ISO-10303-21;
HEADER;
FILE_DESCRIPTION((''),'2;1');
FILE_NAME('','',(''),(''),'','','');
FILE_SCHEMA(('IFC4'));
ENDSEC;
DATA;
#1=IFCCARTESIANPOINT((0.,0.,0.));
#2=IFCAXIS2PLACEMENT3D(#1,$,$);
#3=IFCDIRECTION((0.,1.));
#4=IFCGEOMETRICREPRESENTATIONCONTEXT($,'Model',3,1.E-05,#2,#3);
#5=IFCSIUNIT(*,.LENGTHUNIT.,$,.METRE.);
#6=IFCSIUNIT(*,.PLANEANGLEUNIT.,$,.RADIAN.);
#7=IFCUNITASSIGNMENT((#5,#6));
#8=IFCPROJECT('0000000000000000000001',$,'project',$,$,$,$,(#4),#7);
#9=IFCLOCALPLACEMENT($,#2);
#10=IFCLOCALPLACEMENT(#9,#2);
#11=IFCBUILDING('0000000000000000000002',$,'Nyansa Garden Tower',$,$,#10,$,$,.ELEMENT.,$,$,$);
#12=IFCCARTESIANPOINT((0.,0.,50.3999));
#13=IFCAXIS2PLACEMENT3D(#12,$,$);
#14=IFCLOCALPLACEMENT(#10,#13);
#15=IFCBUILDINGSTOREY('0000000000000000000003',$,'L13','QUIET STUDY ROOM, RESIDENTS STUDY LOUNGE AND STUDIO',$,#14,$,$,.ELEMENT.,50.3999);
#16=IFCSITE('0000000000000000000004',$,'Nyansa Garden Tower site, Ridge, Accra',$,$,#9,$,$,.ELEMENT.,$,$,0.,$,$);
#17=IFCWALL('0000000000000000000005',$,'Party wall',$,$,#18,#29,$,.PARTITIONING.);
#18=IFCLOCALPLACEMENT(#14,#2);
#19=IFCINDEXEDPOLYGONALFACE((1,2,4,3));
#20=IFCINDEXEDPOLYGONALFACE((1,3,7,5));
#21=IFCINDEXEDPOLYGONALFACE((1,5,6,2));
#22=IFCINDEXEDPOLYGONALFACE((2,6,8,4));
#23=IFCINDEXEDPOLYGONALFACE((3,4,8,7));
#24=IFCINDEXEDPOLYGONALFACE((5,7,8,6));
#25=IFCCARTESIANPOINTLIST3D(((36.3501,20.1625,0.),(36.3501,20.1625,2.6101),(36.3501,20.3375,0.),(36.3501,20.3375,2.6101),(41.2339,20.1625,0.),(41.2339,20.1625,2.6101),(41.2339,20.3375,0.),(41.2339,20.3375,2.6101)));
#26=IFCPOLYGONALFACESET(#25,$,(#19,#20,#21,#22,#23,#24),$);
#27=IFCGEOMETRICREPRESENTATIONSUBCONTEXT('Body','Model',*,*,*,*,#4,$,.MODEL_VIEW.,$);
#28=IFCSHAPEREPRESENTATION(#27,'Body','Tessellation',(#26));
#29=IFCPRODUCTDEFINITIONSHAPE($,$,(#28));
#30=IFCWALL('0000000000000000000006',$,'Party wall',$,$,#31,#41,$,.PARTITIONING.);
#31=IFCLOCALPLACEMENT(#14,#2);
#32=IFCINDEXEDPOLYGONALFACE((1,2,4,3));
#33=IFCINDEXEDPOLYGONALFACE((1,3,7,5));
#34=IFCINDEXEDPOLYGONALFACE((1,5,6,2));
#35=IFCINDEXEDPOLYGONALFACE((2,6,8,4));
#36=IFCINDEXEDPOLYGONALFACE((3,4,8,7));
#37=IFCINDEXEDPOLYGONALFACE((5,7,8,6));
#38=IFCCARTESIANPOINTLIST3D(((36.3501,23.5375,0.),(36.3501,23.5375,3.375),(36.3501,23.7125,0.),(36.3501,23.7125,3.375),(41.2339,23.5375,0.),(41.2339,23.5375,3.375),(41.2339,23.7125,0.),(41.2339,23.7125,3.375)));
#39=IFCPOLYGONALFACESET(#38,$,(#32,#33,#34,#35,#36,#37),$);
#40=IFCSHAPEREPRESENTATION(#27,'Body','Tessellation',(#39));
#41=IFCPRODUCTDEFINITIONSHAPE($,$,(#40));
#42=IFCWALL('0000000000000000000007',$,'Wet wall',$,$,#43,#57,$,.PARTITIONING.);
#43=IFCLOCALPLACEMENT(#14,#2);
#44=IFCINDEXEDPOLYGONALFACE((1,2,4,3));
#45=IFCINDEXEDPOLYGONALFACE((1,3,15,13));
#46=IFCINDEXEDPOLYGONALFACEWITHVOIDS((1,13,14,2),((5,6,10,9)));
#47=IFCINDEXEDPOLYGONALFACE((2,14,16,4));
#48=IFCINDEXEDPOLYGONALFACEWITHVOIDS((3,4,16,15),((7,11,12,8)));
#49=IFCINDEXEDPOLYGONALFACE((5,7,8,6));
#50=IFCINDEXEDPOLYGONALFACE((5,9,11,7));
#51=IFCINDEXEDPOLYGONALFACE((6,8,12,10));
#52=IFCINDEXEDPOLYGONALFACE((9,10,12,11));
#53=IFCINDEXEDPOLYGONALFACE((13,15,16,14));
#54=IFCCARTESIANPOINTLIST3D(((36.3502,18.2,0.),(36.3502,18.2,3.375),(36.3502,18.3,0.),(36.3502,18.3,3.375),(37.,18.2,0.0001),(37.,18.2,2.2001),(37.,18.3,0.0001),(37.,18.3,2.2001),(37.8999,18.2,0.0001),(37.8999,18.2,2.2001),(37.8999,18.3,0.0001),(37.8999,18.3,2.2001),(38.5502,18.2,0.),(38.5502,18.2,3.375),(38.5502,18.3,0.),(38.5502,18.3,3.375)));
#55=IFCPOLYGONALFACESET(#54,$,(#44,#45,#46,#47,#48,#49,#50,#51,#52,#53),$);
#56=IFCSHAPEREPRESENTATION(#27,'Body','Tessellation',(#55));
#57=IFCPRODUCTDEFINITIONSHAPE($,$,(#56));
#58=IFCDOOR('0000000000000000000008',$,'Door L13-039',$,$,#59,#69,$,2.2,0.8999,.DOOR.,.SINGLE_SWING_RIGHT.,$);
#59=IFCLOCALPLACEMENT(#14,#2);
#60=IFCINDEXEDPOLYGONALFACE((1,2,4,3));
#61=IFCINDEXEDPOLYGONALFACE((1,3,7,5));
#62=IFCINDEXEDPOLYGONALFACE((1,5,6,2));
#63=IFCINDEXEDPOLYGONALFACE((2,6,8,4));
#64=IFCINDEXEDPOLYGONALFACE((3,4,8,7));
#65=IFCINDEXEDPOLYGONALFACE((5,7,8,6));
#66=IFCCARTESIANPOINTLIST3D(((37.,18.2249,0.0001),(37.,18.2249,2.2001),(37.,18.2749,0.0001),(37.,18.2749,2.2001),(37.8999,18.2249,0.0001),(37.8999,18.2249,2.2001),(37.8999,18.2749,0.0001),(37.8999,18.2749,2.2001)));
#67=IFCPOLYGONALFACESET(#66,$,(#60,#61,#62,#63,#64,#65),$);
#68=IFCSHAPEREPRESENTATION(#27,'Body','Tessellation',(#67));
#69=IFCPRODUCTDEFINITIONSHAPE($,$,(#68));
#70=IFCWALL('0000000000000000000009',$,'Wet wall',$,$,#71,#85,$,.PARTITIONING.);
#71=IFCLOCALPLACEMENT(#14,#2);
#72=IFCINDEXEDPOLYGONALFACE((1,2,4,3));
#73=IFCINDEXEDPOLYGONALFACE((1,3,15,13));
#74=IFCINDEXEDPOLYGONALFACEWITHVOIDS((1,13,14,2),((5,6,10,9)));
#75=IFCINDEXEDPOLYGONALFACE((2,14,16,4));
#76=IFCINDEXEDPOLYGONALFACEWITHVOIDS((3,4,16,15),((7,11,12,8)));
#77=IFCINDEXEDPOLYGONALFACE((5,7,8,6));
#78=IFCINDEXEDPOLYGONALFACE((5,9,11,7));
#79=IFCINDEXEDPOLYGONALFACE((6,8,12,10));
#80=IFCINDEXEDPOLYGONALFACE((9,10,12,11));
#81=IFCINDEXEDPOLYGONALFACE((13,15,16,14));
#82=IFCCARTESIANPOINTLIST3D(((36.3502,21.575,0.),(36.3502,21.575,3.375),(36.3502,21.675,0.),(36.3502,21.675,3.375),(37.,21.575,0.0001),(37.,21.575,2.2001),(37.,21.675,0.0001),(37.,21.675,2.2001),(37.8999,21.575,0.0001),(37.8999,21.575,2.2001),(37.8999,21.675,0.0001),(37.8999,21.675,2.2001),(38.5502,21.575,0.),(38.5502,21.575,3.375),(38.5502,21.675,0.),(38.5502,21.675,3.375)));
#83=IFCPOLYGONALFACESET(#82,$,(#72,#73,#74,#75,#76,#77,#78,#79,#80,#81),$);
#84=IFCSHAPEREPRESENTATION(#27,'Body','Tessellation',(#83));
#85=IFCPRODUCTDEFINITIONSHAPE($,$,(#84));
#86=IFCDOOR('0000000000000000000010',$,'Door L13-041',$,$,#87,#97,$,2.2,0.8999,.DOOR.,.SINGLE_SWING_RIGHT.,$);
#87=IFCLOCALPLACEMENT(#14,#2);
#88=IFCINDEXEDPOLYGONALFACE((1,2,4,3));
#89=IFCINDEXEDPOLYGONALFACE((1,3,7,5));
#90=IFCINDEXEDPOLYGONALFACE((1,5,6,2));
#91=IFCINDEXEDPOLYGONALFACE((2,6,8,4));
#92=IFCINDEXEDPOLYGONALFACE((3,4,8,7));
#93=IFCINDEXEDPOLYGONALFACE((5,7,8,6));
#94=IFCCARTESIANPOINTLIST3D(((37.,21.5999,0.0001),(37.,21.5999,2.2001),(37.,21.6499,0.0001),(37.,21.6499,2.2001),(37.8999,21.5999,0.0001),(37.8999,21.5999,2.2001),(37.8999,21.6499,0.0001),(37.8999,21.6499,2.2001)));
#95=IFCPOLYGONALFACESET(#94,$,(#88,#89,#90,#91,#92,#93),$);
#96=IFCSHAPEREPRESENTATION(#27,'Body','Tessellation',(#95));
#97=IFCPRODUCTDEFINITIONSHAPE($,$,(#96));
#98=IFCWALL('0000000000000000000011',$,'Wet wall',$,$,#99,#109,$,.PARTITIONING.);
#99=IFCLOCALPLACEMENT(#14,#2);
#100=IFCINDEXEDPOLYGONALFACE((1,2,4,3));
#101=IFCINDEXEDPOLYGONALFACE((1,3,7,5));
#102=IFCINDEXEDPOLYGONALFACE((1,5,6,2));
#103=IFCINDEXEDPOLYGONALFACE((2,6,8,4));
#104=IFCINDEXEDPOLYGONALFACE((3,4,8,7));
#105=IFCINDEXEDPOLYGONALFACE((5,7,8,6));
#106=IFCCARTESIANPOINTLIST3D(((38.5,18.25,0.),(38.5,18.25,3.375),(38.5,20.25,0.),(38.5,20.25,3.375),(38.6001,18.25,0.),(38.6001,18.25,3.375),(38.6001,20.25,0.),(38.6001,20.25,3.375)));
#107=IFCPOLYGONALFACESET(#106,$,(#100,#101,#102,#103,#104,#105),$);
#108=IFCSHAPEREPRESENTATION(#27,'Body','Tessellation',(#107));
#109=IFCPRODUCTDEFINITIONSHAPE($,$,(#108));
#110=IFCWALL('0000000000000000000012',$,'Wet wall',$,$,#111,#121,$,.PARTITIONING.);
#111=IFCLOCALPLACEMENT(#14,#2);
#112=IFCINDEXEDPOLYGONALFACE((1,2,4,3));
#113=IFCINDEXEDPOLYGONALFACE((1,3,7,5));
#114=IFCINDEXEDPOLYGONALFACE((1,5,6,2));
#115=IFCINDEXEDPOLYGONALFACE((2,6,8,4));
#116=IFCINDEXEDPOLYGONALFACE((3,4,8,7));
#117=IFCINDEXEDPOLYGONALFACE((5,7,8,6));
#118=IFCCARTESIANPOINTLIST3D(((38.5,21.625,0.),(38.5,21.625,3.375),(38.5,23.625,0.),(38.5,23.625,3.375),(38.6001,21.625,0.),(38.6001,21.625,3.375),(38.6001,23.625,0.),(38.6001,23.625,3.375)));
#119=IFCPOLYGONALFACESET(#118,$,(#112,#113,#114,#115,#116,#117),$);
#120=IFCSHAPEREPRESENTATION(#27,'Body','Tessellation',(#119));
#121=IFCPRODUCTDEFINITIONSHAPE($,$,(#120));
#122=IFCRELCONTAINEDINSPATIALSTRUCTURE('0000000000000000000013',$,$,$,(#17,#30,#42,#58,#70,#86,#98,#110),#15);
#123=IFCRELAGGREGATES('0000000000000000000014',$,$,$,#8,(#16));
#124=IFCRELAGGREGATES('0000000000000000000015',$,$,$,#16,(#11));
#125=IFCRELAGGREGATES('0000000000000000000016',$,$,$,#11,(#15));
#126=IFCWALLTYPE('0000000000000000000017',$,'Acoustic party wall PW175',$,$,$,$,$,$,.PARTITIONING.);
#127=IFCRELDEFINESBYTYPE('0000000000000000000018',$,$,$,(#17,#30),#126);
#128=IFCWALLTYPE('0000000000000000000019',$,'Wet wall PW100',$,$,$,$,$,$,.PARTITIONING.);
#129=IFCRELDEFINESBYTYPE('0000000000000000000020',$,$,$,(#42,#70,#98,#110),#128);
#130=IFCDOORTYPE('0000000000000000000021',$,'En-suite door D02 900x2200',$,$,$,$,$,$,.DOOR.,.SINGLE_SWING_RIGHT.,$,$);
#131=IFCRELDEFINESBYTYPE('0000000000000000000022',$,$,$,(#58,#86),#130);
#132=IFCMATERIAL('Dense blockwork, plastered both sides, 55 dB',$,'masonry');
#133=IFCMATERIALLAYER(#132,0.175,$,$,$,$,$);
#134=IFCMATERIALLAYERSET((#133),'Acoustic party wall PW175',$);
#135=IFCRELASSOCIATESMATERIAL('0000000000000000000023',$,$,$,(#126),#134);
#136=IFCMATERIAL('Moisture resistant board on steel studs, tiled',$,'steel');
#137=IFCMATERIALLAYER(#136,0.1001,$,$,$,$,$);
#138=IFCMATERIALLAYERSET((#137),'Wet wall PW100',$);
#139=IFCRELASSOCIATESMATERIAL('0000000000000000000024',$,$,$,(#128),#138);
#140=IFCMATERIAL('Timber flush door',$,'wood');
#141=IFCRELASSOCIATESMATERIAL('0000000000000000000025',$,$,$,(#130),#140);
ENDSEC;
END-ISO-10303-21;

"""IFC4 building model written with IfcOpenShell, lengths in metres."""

from ifc_helpers import new_model, si_unit, direction, frame, frame_2d, origin, place, context, subcontext, project, spatial, rectangle, extrude, material, layer, layer_set, type_object, element, fill, save


model = new_model("IFC4")

# Units and contexts
model_context = context("Model", 3, precision=1e-05, world=origin(), true_north=direction((0.0, 1.0)))
body_context = subcontext(model_context, "Body", "Model", "MODEL_VIEW")
ifc_project = project(units=[si_unit("LENGTHUNIT", "METRE"), si_unit("PLANEANGLEUNIT", "RADIAN")], contexts=[model_context])

# Site, building, storey
site_placement = place(None, origin())
site = spatial("IfcSite", under=ifc_project, at=site_placement, Name="Nyansa Garden Tower site, Ridge, Accra", CompositionType="ELEMENT", RefElevation=0.0)
building_placement = place(site_placement, origin())
building = spatial("IfcBuilding", under=site, at=building_placement, Name="Nyansa Garden Tower", CompositionType="ELEMENT")
storey_placement = place(building_placement, frame((0.0, 0.0, 50.3999)))
storey = spatial("IfcBuildingStorey", under=building, at=storey_placement, Name="L13", Description="QUIET STUDY ROOM, RESIDENTS STUDY LOUNGE AND STUDIO", CompositionType="ELEMENT", Elevation=50.3999)

# Walls
ifc_material_1 = material(Name="Dense blockwork, plastered both sides, 55 dB", Category="masonry")
ifc_layer_1 = layer(ifc_material_1, 0.175)
ifc_layer_set_1 = layer_set([ifc_layer_1], Name="Acoustic party wall PW175")
wall_type_1 = type_object("IfcWallType", Name="Acoustic party wall PW175", PredefinedType="PARTITIONING", material=ifc_layer_set_1)
wall_1_placement = place(storey_placement, frame((36.3501, 20.25, 0.0), z_axis=(0.0, 0.0, 1.0), x_axis=(1.0, 0.0, 0.0)))
element("IfcWall", 1, at=wall_1_placement, inside=storey, type_object=wall_type_1, Name="Party wall", PredefinedType="PARTITIONING", context=body_context, shape_type="SweptSolid", body=[
    extrude(rectangle(XDim=4.8838, YDim=0.175, at=frame_2d((2.4419, 0.0))), origin(), (0.0, 0.0, 1.0), 2.6101),
])
wall_2_placement = place(storey_placement, frame((36.3501, 23.625, 0.0), z_axis=(0.0, 0.0, 1.0), x_axis=(1.0, 0.0, 0.0)))
element("IfcWall", 2, at=wall_2_placement, inside=storey, type_object=wall_type_1, Name="Party wall", PredefinedType="PARTITIONING", context=body_context, shape_type="SweptSolid", body=[
    extrude(rectangle(XDim=4.8838, YDim=0.175, at=frame_2d((2.4419, 0.0))), origin(), (0.0, 0.0, 1.0), 3.375),
])

# Walls, openings, doors
ifc_material_2 = material(Name="Moisture resistant board on steel studs, tiled", Category="steel")
ifc_layer_2 = layer(ifc_material_2, 0.1001)
ifc_layer_set_2 = layer_set([ifc_layer_2], Name="Wet wall PW100")
wall_type_2 = type_object("IfcWallType", Name="Wet wall PW100", PredefinedType="PARTITIONING", material=ifc_layer_set_2)
wall_3_placement = place(storey_placement, frame((36.3501, 18.25, 0.0), z_axis=(0.0, 0.0, 1.0), x_axis=(1.0, 0.0, 0.0)))
wall_3 = element("IfcWall", 3, at=wall_3_placement, inside=storey, type_object=wall_type_2, Name="Wet wall", PredefinedType="PARTITIONING", context=body_context, shape_type="SweptSolid", body=[
    extrude(rectangle(XDim=2.2, YDim=0.1001, at=frame_2d((1.1001, 0.0))), origin(), (0.0, 0.0, 1.0), 3.375),
])
opening_1_placement = place(wall_3_placement, frame((0.6499, 0.0, 0.0)))
opening_1 = element("IfcOpeningElement", 4, at=opening_1_placement, cuts=wall_3, PredefinedType="OPENING", context=body_context, shape_type="SweptSolid", body=[
    extrude(rectangle(XDim=0.8999, YDim=2.2, at=frame_2d((0.45, 1.1001))), frame((0.0, 0.0601, 0.0), z_axis=(0.0, -1.0, 0.0), x_axis=(1.0, 0.0, 0.0)), (0.0, 0.0, 1.0), 0.1201),
])
ifc_material_3 = material(Name="Timber flush door", Category="wood")
door_type = type_object("IfcDoorType", Name="En-suite door D02 900x2200", OperationType="SINGLE_SWING_RIGHT", PredefinedType="DOOR", material=ifc_material_3)
door_1_placement = place(opening_1_placement, origin())
door_1 = element("IfcDoor", 5, at=door_1_placement, inside=storey, type_object=door_type, Name="Door L13-039", OperationType="SINGLE_SWING_RIGHT", OverallHeight=2.2, OverallWidth=0.8999, PredefinedType="DOOR", context=body_context, shape_type="SweptSolid", body=[
    extrude(rectangle(XDim=0.8999, YDim=2.2, at=frame_2d((0.45, 1.1001))), frame((0.0, 0.0249, 0.0), z_axis=(0.0, -1.0, 0.0), x_axis=(1.0, 0.0, 0.0)), (0.0, 0.0, 1.0), 0.05),
])
fill(opening_1, door_1)
wall_4_placement = place(storey_placement, frame((36.3501, 21.625, 0.0), z_axis=(0.0, 0.0, 1.0), x_axis=(1.0, 0.0, 0.0)))
wall_4 = element("IfcWall", 6, at=wall_4_placement, inside=storey, type_object=wall_type_2, Name="Wet wall", PredefinedType="PARTITIONING", context=body_context, shape_type="SweptSolid", body=[
    extrude(rectangle(XDim=2.2, YDim=0.1001, at=frame_2d((1.1001, 0.0))), origin(), (0.0, 0.0, 1.0), 3.375),
])
opening_2_placement = place(wall_4_placement, frame((0.6499, 0.0, 0.0)))
opening_2 = element("IfcOpeningElement", 7, at=opening_2_placement, cuts=wall_4, PredefinedType="OPENING", context=body_context, shape_type="SweptSolid", body=[
    extrude(rectangle(XDim=0.8999, YDim=2.2, at=frame_2d((0.45, 1.1001))), frame((0.0, 0.0601, 0.0), z_axis=(0.0, -1.0, 0.0), x_axis=(1.0, 0.0, 0.0)), (0.0, 0.0, 1.0), 0.1201),
])
door_2_placement = place(opening_2_placement, origin())
door_2 = element("IfcDoor", 8, at=door_2_placement, inside=storey, type_object=door_type, Name="Door L13-041", OperationType="SINGLE_SWING_RIGHT", OverallHeight=2.2, OverallWidth=0.8999, PredefinedType="DOOR", context=body_context, shape_type="SweptSolid", body=[
    extrude(rectangle(XDim=0.8999, YDim=2.2, at=frame_2d((0.45, 1.1001))), frame((0.0, 0.0249, 0.0), z_axis=(0.0, -1.0, 0.0), x_axis=(1.0, 0.0, 0.0)), (0.0, 0.0, 1.0), 0.05),
])
fill(opening_2, door_2)

# Walls
for number, where, z_axis, x_axis, name in (
    (9, (38.55, 18.25, 0.0), (0.0, 0.0, 1.0), (0.0, 1.0, 0.0), "Wet wall"),
    (10, (38.55, 21.625, 0.0), (0.0, 0.0, 1.0), (0.0, 1.0, 0.0), "Wet wall"),
):
    element("IfcWall", number, at=place(storey_placement, frame(where, z_axis=z_axis, x_axis=x_axis)), inside=storey, type_object=wall_type_2, Name=name, PredefinedType="PARTITIONING", context=body_context, shape_type="SweptSolid", body=[
        extrude(rectangle(XDim=2.0, YDim=0.1001, at=frame_2d((1.0, 0.0))), origin(), (0.0, 0.0, 1.0), 3.375),
    ])

save(model, "model.ifc")
